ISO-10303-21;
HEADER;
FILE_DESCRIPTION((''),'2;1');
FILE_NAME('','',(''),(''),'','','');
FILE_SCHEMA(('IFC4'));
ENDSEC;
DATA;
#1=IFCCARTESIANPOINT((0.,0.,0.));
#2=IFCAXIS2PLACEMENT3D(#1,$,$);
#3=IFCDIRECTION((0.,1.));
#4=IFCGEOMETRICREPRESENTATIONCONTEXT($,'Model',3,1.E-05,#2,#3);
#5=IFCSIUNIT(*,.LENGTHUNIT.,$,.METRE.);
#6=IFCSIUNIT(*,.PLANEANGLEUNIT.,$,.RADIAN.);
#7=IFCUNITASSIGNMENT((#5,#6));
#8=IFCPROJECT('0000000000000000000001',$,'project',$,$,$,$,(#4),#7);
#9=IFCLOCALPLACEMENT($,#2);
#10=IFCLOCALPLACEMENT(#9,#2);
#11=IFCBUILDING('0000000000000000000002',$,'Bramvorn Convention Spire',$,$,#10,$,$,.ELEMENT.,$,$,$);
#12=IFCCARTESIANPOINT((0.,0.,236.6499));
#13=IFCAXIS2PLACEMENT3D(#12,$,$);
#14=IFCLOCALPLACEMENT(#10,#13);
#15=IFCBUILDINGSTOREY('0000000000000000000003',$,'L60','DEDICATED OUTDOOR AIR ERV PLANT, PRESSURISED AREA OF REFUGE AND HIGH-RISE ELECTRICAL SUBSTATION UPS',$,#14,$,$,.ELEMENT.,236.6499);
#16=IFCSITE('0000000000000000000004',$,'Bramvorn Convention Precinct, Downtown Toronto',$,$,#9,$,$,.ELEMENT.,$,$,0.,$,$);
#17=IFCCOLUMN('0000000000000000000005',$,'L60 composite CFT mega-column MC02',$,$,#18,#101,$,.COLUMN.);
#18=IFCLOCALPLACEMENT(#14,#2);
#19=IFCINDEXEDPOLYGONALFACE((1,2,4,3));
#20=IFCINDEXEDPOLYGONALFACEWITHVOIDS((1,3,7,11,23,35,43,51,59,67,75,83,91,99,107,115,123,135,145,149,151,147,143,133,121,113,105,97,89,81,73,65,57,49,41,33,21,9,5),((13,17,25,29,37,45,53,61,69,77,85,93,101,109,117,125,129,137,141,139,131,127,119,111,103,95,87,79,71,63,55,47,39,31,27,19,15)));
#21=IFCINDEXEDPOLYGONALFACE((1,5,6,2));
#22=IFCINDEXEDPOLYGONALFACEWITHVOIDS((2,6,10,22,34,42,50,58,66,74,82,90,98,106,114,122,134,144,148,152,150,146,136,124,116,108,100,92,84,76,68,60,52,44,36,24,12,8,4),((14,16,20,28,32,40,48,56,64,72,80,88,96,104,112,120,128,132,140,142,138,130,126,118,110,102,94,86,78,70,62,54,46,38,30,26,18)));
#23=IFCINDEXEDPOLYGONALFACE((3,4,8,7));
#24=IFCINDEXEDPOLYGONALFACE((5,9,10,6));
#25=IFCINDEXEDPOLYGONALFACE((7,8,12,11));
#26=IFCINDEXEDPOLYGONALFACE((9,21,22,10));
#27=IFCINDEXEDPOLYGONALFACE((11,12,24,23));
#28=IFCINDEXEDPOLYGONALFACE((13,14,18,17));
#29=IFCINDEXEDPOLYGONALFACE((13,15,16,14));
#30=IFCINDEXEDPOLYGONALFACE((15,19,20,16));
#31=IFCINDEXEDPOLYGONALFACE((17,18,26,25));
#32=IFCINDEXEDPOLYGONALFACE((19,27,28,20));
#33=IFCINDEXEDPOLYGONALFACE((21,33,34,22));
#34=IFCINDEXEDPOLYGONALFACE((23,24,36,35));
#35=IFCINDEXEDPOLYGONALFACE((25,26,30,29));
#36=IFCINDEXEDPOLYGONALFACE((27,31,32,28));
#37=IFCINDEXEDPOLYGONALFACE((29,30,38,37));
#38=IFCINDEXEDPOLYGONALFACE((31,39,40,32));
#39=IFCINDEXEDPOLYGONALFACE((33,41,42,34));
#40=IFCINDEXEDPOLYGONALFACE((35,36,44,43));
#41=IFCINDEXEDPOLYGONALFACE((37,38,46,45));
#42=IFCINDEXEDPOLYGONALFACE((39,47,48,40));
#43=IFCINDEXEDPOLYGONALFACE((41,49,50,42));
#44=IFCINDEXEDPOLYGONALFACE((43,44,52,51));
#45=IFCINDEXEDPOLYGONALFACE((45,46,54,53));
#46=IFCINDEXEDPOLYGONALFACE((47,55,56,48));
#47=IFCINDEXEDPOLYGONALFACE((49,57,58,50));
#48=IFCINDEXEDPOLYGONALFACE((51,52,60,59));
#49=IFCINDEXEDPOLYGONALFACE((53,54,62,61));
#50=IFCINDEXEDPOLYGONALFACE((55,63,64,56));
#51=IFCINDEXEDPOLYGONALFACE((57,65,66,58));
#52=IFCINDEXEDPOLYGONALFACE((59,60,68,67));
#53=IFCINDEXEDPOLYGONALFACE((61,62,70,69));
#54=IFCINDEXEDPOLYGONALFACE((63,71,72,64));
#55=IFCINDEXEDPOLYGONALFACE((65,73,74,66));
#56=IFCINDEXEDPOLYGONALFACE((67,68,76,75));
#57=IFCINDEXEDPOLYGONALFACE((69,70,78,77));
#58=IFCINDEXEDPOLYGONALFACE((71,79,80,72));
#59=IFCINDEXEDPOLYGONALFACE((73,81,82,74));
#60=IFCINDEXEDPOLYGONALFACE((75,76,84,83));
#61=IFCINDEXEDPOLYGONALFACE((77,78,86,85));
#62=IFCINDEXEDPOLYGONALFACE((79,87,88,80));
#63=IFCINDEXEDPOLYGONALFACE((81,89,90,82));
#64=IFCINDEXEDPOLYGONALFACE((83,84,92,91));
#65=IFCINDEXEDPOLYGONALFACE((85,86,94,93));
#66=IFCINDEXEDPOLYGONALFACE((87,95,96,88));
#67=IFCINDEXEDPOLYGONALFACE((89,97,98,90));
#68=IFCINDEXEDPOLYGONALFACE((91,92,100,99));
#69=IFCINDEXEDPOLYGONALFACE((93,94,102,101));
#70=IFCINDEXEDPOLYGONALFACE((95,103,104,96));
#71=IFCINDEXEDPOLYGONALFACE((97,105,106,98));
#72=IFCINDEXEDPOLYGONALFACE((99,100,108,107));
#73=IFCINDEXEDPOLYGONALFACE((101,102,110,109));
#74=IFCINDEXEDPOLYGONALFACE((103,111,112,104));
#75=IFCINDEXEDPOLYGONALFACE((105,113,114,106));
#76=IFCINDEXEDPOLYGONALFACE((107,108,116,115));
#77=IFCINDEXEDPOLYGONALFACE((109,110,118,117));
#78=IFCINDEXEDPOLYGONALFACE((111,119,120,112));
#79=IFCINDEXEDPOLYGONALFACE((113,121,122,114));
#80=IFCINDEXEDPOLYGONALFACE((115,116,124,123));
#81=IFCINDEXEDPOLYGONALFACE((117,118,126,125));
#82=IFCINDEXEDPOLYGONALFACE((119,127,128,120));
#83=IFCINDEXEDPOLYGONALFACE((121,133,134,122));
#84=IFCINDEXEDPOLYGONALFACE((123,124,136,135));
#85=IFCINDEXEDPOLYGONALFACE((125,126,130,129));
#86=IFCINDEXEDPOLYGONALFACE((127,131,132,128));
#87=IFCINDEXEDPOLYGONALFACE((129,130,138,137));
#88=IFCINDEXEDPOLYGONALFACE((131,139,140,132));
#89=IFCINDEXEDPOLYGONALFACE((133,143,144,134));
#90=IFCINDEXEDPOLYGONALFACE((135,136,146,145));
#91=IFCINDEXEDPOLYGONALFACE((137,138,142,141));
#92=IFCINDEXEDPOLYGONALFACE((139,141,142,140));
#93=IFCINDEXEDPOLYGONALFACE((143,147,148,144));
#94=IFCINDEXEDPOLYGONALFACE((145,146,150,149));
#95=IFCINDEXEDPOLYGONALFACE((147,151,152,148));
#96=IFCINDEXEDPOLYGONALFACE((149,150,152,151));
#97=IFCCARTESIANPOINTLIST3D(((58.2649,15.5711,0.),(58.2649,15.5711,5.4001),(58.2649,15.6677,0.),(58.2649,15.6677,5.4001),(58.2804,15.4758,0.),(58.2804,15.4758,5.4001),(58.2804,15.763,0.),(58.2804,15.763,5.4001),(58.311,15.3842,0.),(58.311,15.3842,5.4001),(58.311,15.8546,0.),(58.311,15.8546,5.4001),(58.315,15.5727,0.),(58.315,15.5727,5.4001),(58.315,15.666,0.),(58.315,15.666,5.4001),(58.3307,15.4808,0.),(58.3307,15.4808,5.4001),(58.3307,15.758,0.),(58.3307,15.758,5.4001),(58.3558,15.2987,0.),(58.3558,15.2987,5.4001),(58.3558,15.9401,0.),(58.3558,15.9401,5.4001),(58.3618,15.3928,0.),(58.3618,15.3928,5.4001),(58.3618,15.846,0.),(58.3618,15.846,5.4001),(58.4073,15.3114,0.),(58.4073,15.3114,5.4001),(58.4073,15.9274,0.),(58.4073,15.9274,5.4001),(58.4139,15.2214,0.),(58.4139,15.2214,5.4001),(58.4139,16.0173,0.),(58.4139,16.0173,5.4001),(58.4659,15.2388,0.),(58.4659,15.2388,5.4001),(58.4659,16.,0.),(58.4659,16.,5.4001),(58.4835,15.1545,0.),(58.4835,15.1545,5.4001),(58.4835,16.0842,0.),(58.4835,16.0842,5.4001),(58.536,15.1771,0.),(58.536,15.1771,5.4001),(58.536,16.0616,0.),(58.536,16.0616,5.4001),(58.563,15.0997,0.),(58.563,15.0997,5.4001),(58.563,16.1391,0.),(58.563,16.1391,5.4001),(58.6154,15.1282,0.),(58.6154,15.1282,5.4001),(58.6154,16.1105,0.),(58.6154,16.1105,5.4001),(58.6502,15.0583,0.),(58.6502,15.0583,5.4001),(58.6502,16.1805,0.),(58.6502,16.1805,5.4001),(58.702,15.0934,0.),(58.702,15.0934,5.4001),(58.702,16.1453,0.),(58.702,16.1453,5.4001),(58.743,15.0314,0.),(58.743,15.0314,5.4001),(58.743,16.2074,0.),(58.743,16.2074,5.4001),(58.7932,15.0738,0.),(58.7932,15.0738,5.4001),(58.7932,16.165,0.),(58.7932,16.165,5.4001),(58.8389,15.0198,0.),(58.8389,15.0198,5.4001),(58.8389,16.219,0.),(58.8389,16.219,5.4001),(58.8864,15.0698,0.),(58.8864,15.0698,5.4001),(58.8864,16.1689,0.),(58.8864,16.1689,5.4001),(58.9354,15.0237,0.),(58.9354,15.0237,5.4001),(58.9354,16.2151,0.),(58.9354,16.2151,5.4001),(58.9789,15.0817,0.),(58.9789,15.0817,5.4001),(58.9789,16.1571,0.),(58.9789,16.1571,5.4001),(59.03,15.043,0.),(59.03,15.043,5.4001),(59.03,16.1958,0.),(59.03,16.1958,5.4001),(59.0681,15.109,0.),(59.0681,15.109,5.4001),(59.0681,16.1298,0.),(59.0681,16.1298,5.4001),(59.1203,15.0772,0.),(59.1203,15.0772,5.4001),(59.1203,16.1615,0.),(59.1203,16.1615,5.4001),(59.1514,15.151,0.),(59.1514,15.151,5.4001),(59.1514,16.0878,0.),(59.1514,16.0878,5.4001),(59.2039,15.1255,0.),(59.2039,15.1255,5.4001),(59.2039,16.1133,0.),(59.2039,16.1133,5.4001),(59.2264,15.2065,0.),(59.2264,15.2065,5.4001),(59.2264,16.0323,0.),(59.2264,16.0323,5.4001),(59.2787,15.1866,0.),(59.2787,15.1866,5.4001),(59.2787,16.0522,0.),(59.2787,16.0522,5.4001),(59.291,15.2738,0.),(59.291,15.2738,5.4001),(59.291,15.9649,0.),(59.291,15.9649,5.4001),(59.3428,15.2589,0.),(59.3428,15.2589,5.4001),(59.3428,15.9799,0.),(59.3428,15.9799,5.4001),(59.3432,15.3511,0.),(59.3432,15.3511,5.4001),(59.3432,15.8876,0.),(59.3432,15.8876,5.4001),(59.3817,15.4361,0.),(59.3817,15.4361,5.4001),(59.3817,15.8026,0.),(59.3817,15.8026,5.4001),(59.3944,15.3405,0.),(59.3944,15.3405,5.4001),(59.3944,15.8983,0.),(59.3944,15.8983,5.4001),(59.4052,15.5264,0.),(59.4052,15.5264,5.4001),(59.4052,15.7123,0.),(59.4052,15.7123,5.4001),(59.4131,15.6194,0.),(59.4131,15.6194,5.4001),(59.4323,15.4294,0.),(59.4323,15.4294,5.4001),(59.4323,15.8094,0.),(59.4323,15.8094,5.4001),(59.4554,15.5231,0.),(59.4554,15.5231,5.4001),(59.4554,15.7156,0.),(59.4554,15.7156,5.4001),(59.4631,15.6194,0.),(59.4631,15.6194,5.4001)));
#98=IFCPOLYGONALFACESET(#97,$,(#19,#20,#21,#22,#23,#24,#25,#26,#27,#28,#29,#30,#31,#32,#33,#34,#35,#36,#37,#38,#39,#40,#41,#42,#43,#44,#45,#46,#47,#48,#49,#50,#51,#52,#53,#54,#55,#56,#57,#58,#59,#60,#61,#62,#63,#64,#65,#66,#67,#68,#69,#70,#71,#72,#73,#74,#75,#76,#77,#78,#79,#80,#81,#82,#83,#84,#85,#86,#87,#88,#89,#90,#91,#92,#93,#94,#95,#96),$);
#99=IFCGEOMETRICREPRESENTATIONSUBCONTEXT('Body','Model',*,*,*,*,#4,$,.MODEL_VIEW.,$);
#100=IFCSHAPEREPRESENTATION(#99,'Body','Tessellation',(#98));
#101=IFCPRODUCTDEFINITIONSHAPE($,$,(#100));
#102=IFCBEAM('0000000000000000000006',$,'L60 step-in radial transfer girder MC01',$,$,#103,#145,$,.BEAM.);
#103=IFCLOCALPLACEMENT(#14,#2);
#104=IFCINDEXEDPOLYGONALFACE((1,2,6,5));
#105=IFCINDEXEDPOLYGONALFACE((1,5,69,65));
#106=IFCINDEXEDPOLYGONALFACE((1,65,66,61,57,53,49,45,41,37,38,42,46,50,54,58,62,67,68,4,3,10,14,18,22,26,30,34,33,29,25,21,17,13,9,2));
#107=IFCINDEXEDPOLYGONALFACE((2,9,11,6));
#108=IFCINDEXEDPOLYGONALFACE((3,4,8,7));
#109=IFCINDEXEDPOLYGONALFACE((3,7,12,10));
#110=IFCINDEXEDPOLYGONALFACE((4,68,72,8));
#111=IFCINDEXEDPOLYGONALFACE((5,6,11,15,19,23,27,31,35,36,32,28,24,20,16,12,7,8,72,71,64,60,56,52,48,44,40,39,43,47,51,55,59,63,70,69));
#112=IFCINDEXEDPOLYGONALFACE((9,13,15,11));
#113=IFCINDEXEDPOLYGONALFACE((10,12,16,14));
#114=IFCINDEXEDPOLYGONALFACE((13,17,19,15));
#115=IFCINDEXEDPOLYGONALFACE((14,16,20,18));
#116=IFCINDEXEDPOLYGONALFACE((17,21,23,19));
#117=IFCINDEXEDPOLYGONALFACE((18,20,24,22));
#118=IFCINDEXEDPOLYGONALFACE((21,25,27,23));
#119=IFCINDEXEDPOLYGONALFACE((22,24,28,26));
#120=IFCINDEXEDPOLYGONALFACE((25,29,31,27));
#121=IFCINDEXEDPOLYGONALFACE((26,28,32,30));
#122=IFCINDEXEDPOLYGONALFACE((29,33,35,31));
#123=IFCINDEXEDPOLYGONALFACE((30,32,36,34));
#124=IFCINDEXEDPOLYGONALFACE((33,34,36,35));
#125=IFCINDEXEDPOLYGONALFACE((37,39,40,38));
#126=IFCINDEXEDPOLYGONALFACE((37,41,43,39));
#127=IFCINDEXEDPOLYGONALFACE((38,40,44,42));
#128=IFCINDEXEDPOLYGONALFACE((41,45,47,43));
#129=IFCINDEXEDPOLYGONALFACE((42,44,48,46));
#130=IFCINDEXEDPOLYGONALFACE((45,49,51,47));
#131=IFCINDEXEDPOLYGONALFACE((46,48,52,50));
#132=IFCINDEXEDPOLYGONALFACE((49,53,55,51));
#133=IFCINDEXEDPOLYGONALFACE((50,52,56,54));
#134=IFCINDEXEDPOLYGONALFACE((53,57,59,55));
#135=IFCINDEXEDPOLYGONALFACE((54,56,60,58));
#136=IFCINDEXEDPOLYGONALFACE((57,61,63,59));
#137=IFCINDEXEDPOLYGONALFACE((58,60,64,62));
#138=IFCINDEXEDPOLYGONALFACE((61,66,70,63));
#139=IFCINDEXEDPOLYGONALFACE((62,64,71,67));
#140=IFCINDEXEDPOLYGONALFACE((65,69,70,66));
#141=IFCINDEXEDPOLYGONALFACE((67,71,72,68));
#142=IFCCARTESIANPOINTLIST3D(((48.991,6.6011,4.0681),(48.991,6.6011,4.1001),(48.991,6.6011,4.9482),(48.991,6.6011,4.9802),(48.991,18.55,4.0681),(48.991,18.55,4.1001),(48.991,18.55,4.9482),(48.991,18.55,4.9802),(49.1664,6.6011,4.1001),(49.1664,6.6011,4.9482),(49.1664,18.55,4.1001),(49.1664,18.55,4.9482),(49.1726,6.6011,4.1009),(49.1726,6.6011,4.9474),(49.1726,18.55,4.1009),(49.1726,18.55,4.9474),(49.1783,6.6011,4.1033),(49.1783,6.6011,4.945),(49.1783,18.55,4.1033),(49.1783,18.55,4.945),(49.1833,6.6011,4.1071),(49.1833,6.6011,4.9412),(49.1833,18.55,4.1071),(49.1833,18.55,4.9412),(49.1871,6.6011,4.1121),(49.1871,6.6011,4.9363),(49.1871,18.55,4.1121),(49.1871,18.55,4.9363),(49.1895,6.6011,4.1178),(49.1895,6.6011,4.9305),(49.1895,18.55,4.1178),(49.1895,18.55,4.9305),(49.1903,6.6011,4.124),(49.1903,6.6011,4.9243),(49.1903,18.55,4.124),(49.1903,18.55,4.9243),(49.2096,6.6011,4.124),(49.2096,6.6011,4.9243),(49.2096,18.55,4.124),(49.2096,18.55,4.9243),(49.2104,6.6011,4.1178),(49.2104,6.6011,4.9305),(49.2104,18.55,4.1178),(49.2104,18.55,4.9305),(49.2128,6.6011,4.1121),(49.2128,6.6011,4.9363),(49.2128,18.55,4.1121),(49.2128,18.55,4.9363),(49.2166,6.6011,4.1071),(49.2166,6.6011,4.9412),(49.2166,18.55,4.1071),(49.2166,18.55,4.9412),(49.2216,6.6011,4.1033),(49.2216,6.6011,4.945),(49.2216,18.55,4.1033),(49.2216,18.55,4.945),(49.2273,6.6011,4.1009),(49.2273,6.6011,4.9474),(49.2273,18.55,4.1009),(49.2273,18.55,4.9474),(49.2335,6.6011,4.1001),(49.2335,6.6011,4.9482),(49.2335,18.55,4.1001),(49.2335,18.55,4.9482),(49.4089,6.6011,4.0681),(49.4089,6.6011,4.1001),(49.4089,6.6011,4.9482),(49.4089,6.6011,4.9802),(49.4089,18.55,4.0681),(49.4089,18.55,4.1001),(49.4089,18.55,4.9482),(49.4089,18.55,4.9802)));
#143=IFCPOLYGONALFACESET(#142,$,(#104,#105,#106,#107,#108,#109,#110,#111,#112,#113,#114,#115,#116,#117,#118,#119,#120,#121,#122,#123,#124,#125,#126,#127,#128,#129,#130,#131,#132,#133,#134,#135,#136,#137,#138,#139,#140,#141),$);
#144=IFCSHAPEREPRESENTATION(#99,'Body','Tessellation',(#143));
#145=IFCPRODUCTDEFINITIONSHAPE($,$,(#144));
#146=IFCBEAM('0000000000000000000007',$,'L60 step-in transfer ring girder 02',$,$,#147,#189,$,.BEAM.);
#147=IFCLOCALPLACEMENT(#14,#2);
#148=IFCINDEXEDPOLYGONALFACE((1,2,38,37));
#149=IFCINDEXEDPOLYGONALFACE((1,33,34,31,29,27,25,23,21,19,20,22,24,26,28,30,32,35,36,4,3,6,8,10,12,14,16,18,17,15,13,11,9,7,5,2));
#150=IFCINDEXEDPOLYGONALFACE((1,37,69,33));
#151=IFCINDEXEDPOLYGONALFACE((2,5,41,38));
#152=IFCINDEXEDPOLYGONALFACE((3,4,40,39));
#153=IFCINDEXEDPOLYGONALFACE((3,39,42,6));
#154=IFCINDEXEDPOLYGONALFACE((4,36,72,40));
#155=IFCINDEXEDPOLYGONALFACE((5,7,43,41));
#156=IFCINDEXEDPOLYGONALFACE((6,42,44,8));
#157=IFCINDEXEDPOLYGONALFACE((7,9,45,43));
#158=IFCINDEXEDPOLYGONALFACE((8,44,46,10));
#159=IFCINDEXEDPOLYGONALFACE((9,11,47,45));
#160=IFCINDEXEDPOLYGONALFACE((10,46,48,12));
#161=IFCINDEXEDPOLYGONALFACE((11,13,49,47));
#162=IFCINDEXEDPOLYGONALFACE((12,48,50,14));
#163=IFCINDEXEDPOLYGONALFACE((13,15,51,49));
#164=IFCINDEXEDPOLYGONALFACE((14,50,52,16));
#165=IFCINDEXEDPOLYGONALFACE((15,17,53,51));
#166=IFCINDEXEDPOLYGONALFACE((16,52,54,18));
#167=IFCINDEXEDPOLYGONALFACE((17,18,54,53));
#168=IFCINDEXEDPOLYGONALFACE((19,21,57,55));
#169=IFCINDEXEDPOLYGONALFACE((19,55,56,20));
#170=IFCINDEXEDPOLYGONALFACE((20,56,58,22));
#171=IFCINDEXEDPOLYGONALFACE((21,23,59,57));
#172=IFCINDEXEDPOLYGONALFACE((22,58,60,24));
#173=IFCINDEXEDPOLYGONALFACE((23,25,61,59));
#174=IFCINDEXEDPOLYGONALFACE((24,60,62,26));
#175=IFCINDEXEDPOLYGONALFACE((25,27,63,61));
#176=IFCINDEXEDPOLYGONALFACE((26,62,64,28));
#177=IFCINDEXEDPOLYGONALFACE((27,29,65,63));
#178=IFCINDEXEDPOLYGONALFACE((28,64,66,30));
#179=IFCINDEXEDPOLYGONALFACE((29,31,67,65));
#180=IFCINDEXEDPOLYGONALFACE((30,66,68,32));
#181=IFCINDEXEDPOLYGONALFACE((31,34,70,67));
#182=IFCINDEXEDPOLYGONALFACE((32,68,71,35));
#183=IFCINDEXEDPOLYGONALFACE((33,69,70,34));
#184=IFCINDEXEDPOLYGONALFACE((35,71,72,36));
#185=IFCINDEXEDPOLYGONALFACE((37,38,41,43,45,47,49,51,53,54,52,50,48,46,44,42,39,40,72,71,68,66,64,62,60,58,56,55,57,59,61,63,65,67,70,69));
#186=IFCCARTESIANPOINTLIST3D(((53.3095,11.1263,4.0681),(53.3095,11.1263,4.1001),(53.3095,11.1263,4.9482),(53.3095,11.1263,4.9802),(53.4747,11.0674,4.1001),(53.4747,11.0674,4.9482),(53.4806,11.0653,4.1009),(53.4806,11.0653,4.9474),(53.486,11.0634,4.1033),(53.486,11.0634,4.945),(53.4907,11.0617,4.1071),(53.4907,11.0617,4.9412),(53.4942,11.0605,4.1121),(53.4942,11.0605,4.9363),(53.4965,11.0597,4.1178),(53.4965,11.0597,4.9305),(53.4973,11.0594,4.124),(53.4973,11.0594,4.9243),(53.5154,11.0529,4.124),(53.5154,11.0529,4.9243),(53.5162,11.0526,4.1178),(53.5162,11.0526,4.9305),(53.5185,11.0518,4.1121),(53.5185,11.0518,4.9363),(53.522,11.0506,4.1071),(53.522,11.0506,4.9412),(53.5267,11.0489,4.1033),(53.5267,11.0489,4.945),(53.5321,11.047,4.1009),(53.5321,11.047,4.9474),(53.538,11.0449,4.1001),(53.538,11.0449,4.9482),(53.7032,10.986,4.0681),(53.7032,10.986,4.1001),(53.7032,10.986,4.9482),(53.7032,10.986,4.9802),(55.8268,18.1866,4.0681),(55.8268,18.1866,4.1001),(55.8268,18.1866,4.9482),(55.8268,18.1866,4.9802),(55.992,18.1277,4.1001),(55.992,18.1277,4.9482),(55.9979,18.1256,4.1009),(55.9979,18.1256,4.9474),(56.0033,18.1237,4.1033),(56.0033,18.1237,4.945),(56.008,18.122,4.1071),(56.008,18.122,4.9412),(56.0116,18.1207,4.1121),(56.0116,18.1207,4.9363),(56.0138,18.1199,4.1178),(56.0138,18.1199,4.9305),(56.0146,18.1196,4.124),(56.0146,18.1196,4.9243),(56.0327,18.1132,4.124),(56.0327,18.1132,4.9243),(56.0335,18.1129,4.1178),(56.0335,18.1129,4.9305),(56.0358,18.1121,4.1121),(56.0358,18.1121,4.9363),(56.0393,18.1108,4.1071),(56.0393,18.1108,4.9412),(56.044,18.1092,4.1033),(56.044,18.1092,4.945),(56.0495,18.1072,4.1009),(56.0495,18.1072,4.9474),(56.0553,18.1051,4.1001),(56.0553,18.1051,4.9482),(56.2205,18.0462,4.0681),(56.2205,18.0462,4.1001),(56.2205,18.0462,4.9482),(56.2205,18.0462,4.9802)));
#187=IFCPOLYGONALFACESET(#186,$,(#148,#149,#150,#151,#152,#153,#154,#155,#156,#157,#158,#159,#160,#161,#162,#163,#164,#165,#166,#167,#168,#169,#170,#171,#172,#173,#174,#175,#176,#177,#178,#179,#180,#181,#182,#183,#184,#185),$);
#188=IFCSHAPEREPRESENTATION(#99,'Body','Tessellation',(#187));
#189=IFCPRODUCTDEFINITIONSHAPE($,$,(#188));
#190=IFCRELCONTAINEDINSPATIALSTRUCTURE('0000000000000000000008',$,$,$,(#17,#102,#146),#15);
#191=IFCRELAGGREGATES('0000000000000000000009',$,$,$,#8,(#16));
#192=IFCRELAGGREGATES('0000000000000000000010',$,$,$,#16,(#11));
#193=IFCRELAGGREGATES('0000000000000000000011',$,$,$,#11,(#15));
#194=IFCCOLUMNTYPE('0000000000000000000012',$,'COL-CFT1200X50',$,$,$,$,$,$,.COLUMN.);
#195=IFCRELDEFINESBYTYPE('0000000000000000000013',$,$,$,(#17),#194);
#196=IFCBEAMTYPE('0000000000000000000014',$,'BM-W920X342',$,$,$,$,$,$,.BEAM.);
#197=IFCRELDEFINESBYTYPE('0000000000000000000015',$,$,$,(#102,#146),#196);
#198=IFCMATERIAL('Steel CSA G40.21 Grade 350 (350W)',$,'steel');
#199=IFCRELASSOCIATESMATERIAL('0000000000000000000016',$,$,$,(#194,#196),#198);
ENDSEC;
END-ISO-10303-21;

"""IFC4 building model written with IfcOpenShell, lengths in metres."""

from ifc_helpers import new_model, si_unit, direction, frame, origin, origin_2d, place, context, subcontext, project, spatial, hollow_circle, i_section, extrude, material, material_profile, profile_set, type_object, element, save


model = new_model("IFC4")

# Units and contexts
model_context = context("Model", 3, precision=1e-05, world=origin(), true_north=direction((0.0, 1.0)))
body_context = subcontext(model_context, "Body", "Model", "MODEL_VIEW")
ifc_project = project(units=[si_unit("LENGTHUNIT", "METRE"), si_unit("PLANEANGLEUNIT", "RADIAN")], contexts=[model_context])

# Site, building, storey
site_placement = place(None, origin())
site = spatial("IfcSite", under=ifc_project, at=site_placement, Name="Bramvorn Convention Precinct, Downtown Toronto", CompositionType="ELEMENT", RefElevation=0.0)
building_placement = place(site_placement, origin())
building = spatial("IfcBuilding", under=site, at=building_placement, Name="Bramvorn Convention Spire", CompositionType="ELEMENT")
storey_placement = place(building_placement, frame((0.0, 0.0, 236.6499)))
storey = spatial("IfcBuildingStorey", under=building, at=storey_placement, Name="L60", Description="DEDICATED OUTDOOR AIR ERV PLANT, PRESSURISED AREA OF REFUGE AND HIGH-RISE ELECTRICAL SUBSTATION UPS", CompositionType="ELEMENT", Elevation=236.6499)

# Column
ifc_material_1 = material(Name="Steel CSA G40.21 Grade 350 (350W)", Category="steel")
ifc_material_profile_1 = material_profile(ifc_material_1, hollow_circle(Radius=0.6001, WallThickness=0.05, at=origin_2d()))
ifc_profile_set_1 = profile_set([ifc_material_profile_1], Name="Steel CSA G40.21 Grade 350 (350W) - CFT1200X50")
column_type = type_object("IfcColumnType", Name="COL-CFT1200X50", PredefinedType="COLUMN", material=ifc_profile_set_1)
column_placement = place(storey_placement, frame((58.863, 15.6194, 0.0), z_axis=(0.0, 0.0, 1.0), x_axis=(1.0, 0.0, 0.0)))
element("IfcColumn", 1, at=column_placement, inside=storey, type_object=column_type, Name="L60 composite CFT mega-column MC02", PredefinedType="COLUMN", context=body_context, shape_type="SweptSolid", body=[
    extrude(hollow_circle(Radius=0.6001, WallThickness=0.05, at=origin_2d()), origin(), (0.0, 0.0, 1.0), 5.4001),
])

# Beams
ifc_material_profile_2 = material_profile(ifc_material_1, i_section(OverallWidth=0.418, OverallDepth=0.9121, WebThickness=0.0193, FlangeThickness=0.032, FilletRadius=0.0239, at=origin_2d()))
ifc_profile_set_2 = profile_set([ifc_material_profile_2], Name="Steel CSA G40.21 Grade 350 (350W) - W920X342")
beam_type = type_object("IfcBeamType", Name="BM-W920X342", PredefinedType="BEAM", material=ifc_profile_set_2)
beam_1_placement = place(storey_placement, frame((49.2, 18.55, 4.5242), z_axis=(0.0, -1.0, 0.0), x_axis=(1.0, 0.0, 0.0)))
element("IfcBeam", 2, at=beam_1_placement, inside=storey, type_object=beam_type, Name="L60 step-in radial transfer girder MC01", PredefinedType="BEAM", context=body_context, shape_type="SweptSolid", body=[
    extrude(i_section(OverallWidth=0.418, OverallDepth=0.9121, WebThickness=0.0193, FlangeThickness=0.032, FilletRadius=0.0239, at=origin_2d()), origin(), (0.0, 0.0, 1.0), 11.949),
])
beam_2_placement = place(storey_placement, frame((53.5063, 11.0562, 4.5242), z_axis=(0.335839, 0.941919, 0.0), x_axis=(-0.941919, 0.335839, 0.0)))
element("IfcBeam", 3, at=beam_2_placement, inside=storey, type_object=beam_type, Name="L60 step-in transfer ring girder 02", PredefinedType="BEAM", context=body_context, shape_type="SweptSolid", body=[
    extrude(i_section(OverallWidth=0.418, OverallDepth=0.9121, WebThickness=0.0193, FlangeThickness=0.032, FilletRadius=0.0239, at=origin_2d()), origin(), (0.0, 0.0, 1.0), 7.4956),
])

save(model, "model.ifc")
